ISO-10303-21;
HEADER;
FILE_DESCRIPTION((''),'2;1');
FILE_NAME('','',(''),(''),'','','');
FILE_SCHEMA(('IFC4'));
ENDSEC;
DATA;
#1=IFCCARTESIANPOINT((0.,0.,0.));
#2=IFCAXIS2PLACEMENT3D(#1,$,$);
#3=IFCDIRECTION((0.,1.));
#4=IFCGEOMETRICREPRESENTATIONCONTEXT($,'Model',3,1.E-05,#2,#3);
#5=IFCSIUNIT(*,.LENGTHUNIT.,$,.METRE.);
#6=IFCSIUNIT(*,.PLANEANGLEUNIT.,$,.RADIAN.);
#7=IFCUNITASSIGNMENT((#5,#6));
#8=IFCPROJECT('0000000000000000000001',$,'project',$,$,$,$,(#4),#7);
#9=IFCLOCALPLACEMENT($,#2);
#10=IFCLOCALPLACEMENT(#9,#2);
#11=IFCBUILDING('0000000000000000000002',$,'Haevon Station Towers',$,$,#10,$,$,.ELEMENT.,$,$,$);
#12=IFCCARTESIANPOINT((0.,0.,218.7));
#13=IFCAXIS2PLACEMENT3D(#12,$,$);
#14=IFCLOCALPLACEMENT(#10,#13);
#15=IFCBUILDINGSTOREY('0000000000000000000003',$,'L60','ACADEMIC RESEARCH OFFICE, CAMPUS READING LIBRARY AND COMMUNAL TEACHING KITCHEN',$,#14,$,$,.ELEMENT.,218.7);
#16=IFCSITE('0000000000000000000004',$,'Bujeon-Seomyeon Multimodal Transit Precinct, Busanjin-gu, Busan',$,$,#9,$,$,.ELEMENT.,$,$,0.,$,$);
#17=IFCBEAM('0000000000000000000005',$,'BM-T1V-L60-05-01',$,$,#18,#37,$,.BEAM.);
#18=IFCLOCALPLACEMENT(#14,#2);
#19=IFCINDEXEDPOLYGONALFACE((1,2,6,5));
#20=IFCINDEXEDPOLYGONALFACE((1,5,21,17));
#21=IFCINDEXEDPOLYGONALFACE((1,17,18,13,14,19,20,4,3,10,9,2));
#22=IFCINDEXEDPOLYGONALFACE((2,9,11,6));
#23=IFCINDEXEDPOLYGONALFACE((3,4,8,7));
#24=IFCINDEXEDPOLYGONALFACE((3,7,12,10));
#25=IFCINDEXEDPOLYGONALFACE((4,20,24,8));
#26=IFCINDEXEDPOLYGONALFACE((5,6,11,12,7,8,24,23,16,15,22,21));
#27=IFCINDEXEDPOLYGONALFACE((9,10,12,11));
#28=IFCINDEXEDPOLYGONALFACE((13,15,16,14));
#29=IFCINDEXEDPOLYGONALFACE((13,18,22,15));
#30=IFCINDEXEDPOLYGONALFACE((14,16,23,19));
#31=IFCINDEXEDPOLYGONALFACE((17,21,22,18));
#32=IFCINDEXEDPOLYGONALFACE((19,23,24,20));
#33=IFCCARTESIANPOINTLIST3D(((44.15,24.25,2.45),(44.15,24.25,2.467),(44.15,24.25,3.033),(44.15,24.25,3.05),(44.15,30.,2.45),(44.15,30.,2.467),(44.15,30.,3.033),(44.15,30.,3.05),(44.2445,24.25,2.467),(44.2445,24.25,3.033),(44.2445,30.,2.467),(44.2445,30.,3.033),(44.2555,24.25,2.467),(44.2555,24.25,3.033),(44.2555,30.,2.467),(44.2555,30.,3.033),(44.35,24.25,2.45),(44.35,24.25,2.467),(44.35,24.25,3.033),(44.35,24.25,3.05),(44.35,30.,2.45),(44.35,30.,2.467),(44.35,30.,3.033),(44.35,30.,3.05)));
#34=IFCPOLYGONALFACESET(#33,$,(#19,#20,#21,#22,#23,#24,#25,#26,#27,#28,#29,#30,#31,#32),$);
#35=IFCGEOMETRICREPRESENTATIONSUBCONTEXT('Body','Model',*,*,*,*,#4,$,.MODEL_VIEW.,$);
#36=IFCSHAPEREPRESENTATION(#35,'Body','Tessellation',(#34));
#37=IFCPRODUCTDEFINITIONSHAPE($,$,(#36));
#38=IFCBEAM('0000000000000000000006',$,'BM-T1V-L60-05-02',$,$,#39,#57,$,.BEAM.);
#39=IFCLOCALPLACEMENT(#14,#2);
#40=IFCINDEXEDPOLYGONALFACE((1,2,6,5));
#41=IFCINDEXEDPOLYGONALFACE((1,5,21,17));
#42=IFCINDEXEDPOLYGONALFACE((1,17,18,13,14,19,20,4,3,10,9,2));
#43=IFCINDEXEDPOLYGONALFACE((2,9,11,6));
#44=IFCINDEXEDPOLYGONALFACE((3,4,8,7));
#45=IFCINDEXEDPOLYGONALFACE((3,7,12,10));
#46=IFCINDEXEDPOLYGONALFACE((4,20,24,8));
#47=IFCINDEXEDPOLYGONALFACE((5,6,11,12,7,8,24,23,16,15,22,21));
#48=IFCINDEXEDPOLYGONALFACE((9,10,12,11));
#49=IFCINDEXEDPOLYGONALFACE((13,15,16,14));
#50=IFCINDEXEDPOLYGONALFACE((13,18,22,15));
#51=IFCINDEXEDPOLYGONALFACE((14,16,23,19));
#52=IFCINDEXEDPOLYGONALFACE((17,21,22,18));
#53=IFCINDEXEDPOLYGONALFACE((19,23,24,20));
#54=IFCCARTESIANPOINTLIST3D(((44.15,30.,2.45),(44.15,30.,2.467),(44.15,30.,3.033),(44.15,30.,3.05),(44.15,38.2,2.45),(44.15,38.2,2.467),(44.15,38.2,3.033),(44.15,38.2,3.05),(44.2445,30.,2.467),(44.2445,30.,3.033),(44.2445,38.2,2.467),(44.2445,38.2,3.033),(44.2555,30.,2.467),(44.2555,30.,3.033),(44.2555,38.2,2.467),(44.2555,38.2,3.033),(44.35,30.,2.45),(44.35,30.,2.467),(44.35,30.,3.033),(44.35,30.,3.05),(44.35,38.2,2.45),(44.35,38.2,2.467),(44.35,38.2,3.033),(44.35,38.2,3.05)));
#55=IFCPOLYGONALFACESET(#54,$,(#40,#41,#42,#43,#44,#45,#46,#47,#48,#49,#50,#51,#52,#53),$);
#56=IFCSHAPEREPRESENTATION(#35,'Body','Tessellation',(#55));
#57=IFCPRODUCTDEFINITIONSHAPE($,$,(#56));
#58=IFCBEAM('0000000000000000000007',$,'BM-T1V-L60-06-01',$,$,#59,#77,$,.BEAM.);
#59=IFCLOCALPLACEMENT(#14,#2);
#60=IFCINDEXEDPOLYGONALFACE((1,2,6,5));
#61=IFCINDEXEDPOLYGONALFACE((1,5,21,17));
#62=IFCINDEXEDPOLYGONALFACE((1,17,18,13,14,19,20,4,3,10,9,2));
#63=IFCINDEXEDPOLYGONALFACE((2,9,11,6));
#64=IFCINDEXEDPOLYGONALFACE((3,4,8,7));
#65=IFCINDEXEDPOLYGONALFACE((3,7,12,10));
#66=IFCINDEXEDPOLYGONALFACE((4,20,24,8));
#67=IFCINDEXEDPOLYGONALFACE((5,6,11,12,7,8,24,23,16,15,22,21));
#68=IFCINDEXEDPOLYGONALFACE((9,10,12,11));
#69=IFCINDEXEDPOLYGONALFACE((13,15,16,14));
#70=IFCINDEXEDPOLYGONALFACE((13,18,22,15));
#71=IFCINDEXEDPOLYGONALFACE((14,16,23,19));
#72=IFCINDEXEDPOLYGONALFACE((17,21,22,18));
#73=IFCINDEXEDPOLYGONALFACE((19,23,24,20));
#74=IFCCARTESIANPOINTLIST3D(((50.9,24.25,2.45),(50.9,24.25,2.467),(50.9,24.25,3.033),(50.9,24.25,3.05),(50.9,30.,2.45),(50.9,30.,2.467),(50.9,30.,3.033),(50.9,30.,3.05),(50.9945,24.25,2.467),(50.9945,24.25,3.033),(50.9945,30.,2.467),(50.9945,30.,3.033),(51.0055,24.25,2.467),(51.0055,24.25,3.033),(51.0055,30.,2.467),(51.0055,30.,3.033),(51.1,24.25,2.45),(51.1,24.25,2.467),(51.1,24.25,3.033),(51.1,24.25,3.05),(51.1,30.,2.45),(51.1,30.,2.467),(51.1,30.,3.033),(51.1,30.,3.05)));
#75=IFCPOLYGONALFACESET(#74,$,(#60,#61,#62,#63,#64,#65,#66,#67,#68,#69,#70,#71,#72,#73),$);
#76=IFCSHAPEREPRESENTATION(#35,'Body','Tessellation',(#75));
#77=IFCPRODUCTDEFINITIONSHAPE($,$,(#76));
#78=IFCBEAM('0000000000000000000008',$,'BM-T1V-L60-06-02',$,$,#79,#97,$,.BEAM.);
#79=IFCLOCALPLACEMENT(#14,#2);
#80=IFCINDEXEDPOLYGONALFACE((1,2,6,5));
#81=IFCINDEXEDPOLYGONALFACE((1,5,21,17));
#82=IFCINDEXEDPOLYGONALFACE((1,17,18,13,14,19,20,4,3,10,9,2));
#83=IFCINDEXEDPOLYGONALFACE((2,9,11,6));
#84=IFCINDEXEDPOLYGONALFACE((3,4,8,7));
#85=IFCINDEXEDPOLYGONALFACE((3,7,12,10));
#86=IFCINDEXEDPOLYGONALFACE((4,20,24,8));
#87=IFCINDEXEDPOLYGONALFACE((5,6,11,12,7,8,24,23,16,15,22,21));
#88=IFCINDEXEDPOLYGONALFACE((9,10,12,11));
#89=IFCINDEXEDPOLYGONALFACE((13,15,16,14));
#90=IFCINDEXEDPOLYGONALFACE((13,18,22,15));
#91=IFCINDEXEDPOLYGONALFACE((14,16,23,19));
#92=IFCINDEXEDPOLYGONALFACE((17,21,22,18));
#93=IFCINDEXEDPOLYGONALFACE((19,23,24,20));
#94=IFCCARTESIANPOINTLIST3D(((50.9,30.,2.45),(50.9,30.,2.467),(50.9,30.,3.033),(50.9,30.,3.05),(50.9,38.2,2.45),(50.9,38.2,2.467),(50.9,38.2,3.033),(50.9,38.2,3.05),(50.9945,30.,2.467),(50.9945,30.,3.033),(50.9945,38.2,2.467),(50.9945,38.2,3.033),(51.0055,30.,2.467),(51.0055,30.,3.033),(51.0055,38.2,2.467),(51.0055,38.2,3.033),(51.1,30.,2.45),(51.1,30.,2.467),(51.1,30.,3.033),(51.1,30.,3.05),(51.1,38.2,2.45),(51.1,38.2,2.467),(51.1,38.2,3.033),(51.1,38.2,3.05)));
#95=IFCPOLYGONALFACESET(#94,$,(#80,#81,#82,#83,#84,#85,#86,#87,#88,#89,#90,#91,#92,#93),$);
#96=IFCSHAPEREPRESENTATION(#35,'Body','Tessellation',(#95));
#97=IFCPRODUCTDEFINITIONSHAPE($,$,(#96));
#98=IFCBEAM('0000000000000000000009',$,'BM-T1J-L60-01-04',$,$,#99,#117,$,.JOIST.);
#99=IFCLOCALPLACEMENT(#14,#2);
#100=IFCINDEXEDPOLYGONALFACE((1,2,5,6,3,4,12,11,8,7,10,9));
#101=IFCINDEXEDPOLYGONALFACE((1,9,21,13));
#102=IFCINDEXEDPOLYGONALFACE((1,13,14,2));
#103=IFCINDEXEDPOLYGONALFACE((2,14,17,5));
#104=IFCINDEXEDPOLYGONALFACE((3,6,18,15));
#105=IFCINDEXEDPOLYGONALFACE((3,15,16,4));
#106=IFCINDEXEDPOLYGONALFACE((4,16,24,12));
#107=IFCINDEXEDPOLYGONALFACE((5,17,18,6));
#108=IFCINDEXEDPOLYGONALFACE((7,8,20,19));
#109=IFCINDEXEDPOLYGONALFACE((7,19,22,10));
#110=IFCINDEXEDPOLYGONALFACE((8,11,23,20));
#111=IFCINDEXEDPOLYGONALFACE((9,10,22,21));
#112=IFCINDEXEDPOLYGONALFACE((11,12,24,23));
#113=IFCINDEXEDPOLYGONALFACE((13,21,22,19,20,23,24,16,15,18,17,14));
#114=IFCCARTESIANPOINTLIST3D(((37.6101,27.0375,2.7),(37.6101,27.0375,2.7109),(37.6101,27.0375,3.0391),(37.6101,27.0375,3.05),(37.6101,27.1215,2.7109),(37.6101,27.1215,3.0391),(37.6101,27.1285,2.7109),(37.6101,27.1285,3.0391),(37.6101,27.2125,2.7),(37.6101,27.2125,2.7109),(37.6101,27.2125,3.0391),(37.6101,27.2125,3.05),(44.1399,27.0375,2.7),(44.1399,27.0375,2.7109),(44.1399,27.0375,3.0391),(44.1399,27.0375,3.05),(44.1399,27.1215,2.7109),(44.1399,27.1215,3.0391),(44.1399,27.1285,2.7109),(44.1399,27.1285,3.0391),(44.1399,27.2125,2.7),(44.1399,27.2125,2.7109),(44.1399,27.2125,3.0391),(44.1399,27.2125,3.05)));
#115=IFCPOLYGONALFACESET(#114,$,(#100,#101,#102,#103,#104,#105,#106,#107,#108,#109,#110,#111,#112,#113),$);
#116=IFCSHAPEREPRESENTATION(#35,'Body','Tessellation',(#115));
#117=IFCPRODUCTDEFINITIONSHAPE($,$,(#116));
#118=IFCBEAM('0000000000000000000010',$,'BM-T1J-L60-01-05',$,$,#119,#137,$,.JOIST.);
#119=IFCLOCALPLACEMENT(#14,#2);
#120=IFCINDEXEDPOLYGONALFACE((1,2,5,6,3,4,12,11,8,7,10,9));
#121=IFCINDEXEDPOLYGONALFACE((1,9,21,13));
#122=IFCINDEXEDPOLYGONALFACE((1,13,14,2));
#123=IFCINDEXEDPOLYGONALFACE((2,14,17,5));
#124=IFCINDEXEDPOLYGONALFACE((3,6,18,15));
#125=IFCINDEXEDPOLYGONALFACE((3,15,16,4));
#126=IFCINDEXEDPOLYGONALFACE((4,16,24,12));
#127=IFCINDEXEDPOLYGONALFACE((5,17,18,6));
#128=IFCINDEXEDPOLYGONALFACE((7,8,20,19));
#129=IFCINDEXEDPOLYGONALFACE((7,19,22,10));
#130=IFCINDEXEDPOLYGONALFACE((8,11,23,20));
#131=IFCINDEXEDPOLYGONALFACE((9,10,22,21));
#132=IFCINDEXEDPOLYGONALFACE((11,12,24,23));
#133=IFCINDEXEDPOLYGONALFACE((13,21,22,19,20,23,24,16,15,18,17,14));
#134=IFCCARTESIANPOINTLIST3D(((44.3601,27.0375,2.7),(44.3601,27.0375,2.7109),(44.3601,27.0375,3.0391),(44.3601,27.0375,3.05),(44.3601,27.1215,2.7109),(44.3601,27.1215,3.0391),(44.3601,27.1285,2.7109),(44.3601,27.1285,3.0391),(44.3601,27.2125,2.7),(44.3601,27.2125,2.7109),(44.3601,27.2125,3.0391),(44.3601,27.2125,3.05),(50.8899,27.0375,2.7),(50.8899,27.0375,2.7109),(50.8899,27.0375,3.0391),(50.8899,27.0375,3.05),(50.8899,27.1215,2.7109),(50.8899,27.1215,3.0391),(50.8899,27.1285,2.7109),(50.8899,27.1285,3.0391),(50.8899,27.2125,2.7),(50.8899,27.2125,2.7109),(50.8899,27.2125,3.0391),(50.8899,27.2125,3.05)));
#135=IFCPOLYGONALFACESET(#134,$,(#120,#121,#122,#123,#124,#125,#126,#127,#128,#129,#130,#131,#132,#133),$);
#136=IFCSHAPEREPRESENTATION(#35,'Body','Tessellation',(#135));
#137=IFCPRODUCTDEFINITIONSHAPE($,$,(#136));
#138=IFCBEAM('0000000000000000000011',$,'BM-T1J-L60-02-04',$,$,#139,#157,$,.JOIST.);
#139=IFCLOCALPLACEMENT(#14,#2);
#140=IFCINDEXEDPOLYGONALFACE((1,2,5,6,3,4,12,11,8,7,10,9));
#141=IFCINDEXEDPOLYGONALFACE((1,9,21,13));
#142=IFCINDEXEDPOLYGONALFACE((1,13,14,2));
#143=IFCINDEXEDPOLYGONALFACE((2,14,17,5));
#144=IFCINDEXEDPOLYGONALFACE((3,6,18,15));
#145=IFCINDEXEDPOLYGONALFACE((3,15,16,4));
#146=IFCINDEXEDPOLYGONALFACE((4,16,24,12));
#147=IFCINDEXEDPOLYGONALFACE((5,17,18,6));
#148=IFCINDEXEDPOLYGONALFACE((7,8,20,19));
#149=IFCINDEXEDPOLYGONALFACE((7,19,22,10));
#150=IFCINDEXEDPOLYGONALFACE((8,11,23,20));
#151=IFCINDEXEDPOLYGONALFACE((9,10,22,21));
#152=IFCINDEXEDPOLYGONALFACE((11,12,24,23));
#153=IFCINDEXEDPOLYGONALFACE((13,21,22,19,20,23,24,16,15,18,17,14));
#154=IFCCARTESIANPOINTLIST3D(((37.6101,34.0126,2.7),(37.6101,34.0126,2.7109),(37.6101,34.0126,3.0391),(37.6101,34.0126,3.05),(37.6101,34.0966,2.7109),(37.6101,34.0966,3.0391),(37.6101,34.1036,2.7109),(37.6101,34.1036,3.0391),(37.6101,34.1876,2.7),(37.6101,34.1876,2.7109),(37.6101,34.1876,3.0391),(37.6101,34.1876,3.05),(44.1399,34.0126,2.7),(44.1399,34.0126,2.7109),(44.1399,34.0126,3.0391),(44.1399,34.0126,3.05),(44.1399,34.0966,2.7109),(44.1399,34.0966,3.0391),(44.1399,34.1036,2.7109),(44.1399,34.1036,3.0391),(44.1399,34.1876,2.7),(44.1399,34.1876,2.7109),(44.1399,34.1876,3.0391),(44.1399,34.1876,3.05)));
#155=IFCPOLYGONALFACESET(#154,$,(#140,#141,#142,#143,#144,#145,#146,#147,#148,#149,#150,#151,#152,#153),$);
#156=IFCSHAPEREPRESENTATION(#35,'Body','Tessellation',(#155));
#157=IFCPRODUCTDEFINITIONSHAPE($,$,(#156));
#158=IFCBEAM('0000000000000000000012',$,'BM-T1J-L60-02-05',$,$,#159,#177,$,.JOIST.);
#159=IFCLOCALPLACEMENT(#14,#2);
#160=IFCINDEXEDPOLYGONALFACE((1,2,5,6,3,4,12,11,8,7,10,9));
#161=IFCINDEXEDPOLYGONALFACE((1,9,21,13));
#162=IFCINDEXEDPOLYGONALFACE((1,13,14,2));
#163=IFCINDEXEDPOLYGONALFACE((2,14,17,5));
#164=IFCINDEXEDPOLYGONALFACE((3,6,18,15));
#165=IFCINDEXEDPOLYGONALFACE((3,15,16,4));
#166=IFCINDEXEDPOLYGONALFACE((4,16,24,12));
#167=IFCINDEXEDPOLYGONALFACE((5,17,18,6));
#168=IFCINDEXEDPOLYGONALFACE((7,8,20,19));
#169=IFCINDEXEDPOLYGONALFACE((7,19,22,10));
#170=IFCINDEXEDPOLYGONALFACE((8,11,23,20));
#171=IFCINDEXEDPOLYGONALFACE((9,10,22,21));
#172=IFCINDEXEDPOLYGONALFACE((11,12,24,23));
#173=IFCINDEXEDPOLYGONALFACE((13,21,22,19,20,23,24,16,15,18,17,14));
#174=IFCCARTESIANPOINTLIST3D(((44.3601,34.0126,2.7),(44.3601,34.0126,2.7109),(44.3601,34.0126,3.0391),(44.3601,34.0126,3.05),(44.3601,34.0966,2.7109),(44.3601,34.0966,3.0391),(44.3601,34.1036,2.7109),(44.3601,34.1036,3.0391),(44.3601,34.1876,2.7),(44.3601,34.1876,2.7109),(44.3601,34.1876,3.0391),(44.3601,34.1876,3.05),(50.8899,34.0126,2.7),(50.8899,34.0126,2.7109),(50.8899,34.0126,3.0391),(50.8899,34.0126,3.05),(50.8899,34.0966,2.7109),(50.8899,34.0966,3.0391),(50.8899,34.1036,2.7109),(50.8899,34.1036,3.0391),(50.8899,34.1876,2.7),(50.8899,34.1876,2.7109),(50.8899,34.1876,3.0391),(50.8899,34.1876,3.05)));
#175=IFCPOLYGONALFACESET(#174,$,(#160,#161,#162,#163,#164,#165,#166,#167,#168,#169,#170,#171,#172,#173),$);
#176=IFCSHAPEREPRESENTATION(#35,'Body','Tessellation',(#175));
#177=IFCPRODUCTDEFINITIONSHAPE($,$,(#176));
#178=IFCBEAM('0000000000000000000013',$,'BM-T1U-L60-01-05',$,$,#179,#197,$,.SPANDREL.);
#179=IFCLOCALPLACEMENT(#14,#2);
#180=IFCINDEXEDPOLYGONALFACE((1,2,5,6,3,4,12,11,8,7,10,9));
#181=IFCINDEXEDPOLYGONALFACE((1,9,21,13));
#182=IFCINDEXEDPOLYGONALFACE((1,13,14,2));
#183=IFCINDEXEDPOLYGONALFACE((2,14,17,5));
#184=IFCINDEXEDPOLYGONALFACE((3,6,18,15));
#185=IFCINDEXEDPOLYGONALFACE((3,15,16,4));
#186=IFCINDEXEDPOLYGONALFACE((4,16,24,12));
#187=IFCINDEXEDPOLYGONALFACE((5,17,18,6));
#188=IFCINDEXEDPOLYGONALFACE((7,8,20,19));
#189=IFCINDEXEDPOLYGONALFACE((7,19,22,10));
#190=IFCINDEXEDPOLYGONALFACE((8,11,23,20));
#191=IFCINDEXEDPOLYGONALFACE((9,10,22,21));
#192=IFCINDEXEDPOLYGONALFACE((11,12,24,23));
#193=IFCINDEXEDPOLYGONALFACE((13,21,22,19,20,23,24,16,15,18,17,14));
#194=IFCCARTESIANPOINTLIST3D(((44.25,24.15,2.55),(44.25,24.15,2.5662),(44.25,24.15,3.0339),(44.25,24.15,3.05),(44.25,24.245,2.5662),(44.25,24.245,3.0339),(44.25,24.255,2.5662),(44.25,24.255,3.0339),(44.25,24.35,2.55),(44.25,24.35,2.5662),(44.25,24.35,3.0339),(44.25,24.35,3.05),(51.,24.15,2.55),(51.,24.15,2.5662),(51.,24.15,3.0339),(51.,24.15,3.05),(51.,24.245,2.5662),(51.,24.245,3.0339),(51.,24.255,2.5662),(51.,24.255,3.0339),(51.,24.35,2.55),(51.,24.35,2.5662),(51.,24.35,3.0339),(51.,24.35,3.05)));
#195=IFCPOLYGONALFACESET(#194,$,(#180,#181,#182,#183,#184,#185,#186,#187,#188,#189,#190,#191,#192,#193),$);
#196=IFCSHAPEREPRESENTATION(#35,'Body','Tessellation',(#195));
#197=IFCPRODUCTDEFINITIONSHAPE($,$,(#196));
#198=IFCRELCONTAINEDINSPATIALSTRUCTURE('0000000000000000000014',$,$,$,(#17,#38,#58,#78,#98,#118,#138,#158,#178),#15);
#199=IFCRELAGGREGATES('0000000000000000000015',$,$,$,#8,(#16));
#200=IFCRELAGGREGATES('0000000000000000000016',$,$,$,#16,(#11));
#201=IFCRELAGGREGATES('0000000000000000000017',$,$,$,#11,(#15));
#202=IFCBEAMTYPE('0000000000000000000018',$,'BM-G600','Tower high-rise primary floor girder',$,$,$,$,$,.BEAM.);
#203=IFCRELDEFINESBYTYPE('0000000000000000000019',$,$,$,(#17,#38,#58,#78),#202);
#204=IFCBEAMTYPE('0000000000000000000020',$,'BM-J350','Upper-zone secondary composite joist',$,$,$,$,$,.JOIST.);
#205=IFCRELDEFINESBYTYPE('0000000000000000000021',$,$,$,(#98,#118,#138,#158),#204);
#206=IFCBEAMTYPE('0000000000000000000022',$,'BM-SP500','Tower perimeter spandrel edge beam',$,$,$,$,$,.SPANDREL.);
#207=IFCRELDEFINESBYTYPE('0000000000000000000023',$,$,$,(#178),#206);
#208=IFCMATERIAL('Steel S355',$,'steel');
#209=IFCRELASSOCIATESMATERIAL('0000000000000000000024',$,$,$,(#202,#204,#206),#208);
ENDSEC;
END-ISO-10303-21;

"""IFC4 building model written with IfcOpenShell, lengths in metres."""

from ifc_helpers import new_model, si_unit, direction, frame, origin, origin_2d, place, context, subcontext, project, spatial, i_section, extrude, material, material_profile, profile_set, type_object, element, save


model = new_model("IFC4")

# Units and contexts
model_context = context("Model", 3, precision=1e-05, world=origin(), true_north=direction((0.0, 1.0)))
body_context = subcontext(model_context, "Body", "Model", "MODEL_VIEW")
ifc_project = project(units=[si_unit("LENGTHUNIT", "METRE"), si_unit("PLANEANGLEUNIT", "RADIAN")], contexts=[model_context])

# Site, building, storey
site_placement = place(None, origin())
site = spatial("IfcSite", under=ifc_project, at=site_placement, Name="Bujeon-Seomyeon Multimodal Transit Precinct, Busanjin-gu, Busan", CompositionType="ELEMENT", RefElevation=0.0)
building_placement = place(site_placement, origin())
building = spatial("IfcBuilding", under=site, at=building_placement, Name="Haevon Station Towers", CompositionType="ELEMENT")
storey_placement = place(building_placement, frame((0.0, 0.0, 218.7)))
storey = spatial("IfcBuildingStorey", under=building, at=storey_placement, Name="L60", Description="ACADEMIC RESEARCH OFFICE, CAMPUS READING LIBRARY AND COMMUNAL TEACHING KITCHEN", CompositionType="ELEMENT", Elevation=218.7)

# Shared definitions
ifc_material_1 = material(Name="Steel S355", Category="steel")

# Beams
ifc_material_profile_1 = material_profile(ifc_material_1, i_section(OverallWidth=0.2, OverallDepth=0.6001, WebThickness=0.011, FlangeThickness=0.0171, at=origin_2d()), Name="H-600x200x11x17")
ifc_profile_set_1 = profile_set([ifc_material_profile_1], Name="Steel S355")
beam_type_1 = type_object("IfcBeamType", Name="BM-G600", Description="Tower high-rise primary floor girder", PredefinedType="BEAM", material=ifc_profile_set_1)
beam_1_placement = place(storey_placement, frame((44.25, 24.25, 2.75), z_axis=(0.0, 1.0, 0.0), x_axis=(-1.0, 0.0, 0.0)))
element("IfcBeam", 1, at=beam_1_placement, inside=storey, type_object=beam_type_1, Name="BM-T1V-L60-05-01", PredefinedType="BEAM", context=body_context, shape_type="SweptSolid", body=[
    extrude(i_section(OverallWidth=0.2, OverallDepth=0.6001, WebThickness=0.011, FlangeThickness=0.0171, at=origin_2d()), origin(), (0.0, 0.0, 1.0), 5.75),
])
beam_2_placement = place(storey_placement, frame((44.25, 30.0, 2.75), z_axis=(0.0, 1.0, 0.0), x_axis=(-1.0, 0.0, 0.0)))
element("IfcBeam", 2, at=beam_2_placement, inside=storey, type_object=beam_type_1, Name="BM-T1V-L60-05-02", PredefinedType="BEAM", context=body_context, shape_type="SweptSolid", body=[
    extrude(i_section(OverallWidth=0.2, OverallDepth=0.6001, WebThickness=0.011, FlangeThickness=0.0171, at=origin_2d()), origin(), (0.0, 0.0, 1.0), 8.2),
])
beam_3_placement = place(storey_placement, frame((51.0, 24.25, 2.75), z_axis=(0.0, 1.0, 0.0), x_axis=(-1.0, 0.0, 0.0)))
element("IfcBeam", 3, at=beam_3_placement, inside=storey, type_object=beam_type_1, Name="BM-T1V-L60-06-01", PredefinedType="BEAM", context=body_context, shape_type="SweptSolid", body=[
    extrude(i_section(OverallWidth=0.2, OverallDepth=0.6001, WebThickness=0.011, FlangeThickness=0.0171, at=origin_2d()), origin(), (0.0, 0.0, 1.0), 5.75),
])
beam_4_placement = place(storey_placement, frame((51.0, 30.0, 2.75), z_axis=(0.0, 1.0, 0.0), x_axis=(-1.0, 0.0, 0.0)))
element("IfcBeam", 4, at=beam_4_placement, inside=storey, type_object=beam_type_1, Name="BM-T1V-L60-06-02", PredefinedType="BEAM", context=body_context, shape_type="SweptSolid", body=[
    extrude(i_section(OverallWidth=0.2, OverallDepth=0.6001, WebThickness=0.011, FlangeThickness=0.0171, at=origin_2d()), origin(), (0.0, 0.0, 1.0), 8.2),
])
ifc_material_profile_2 = material_profile(ifc_material_1, i_section(OverallWidth=0.175, OverallDepth=0.3501, WebThickness=0.0071, FlangeThickness=0.011, at=origin_2d()), Name="H-350x175x7x11")
ifc_profile_set_2 = profile_set([ifc_material_profile_2], Name="Steel S355")
beam_type_2 = type_object("IfcBeamType", Name="BM-J350", Description="Upper-zone secondary composite joist", PredefinedType="JOIST", material=ifc_profile_set_2)
for number, where, z_axis, x_axis, name in (
    (5, (37.6101, 27.125, 2.875), (1.0, 0.0, 0.0), (0.0, 1.0, 0.0), "BM-T1J-L60-01-04"),
    (6, (44.3601, 27.125, 2.875), (1.0, 0.0, 0.0), (0.0, 1.0, 0.0), "BM-T1J-L60-01-05"),
    (7, (37.6101, 34.1001, 2.875), (1.0, 0.0, 0.0), (0.0, 1.0, 0.0), "BM-T1J-L60-02-04"),
    (8, (44.3601, 34.1001, 2.875), (1.0, 0.0, 0.0), (0.0, 1.0, 0.0), "BM-T1J-L60-02-05"),
):
    element("IfcBeam", number, at=place(storey_placement, frame(where, z_axis=z_axis, x_axis=x_axis)), inside=storey, type_object=beam_type_2, Name=name, PredefinedType="JOIST", context=body_context, shape_type="SweptSolid", body=[
        extrude(i_section(OverallWidth=0.175, OverallDepth=0.3501, WebThickness=0.0071, FlangeThickness=0.011, at=origin_2d()), origin(), (0.0, 0.0, 1.0), 6.5298),
    ])
ifc_material_profile_3 = material_profile(ifc_material_1, i_section(OverallWidth=0.2, OverallDepth=0.5, WebThickness=0.01, FlangeThickness=0.0161, at=origin_2d()), Name="H-500x200x10x16")
ifc_profile_set_3 = profile_set([ifc_material_profile_3], Name="Steel S355")
beam_type_3 = type_object("IfcBeamType", Name="BM-SP500", Description="Tower perimeter spandrel edge beam", PredefinedType="SPANDREL", material=ifc_profile_set_3)
beam_5_placement = place(storey_placement, frame((44.25, 24.25, 2.8), z_axis=(1.0, 0.0, 0.0), x_axis=(0.0, 1.0, 0.0)))
element("IfcBeam", 9, at=beam_5_placement, inside=storey, type_object=beam_type_3, Name="BM-T1U-L60-01-05", PredefinedType="SPANDREL", context=body_context, shape_type="SweptSolid", body=[
    extrude(i_section(OverallWidth=0.2, OverallDepth=0.5, WebThickness=0.01, FlangeThickness=0.0161, at=origin_2d()), origin(), (0.0, 0.0, 1.0), 6.75),
])

save(model, "model.ifc")
